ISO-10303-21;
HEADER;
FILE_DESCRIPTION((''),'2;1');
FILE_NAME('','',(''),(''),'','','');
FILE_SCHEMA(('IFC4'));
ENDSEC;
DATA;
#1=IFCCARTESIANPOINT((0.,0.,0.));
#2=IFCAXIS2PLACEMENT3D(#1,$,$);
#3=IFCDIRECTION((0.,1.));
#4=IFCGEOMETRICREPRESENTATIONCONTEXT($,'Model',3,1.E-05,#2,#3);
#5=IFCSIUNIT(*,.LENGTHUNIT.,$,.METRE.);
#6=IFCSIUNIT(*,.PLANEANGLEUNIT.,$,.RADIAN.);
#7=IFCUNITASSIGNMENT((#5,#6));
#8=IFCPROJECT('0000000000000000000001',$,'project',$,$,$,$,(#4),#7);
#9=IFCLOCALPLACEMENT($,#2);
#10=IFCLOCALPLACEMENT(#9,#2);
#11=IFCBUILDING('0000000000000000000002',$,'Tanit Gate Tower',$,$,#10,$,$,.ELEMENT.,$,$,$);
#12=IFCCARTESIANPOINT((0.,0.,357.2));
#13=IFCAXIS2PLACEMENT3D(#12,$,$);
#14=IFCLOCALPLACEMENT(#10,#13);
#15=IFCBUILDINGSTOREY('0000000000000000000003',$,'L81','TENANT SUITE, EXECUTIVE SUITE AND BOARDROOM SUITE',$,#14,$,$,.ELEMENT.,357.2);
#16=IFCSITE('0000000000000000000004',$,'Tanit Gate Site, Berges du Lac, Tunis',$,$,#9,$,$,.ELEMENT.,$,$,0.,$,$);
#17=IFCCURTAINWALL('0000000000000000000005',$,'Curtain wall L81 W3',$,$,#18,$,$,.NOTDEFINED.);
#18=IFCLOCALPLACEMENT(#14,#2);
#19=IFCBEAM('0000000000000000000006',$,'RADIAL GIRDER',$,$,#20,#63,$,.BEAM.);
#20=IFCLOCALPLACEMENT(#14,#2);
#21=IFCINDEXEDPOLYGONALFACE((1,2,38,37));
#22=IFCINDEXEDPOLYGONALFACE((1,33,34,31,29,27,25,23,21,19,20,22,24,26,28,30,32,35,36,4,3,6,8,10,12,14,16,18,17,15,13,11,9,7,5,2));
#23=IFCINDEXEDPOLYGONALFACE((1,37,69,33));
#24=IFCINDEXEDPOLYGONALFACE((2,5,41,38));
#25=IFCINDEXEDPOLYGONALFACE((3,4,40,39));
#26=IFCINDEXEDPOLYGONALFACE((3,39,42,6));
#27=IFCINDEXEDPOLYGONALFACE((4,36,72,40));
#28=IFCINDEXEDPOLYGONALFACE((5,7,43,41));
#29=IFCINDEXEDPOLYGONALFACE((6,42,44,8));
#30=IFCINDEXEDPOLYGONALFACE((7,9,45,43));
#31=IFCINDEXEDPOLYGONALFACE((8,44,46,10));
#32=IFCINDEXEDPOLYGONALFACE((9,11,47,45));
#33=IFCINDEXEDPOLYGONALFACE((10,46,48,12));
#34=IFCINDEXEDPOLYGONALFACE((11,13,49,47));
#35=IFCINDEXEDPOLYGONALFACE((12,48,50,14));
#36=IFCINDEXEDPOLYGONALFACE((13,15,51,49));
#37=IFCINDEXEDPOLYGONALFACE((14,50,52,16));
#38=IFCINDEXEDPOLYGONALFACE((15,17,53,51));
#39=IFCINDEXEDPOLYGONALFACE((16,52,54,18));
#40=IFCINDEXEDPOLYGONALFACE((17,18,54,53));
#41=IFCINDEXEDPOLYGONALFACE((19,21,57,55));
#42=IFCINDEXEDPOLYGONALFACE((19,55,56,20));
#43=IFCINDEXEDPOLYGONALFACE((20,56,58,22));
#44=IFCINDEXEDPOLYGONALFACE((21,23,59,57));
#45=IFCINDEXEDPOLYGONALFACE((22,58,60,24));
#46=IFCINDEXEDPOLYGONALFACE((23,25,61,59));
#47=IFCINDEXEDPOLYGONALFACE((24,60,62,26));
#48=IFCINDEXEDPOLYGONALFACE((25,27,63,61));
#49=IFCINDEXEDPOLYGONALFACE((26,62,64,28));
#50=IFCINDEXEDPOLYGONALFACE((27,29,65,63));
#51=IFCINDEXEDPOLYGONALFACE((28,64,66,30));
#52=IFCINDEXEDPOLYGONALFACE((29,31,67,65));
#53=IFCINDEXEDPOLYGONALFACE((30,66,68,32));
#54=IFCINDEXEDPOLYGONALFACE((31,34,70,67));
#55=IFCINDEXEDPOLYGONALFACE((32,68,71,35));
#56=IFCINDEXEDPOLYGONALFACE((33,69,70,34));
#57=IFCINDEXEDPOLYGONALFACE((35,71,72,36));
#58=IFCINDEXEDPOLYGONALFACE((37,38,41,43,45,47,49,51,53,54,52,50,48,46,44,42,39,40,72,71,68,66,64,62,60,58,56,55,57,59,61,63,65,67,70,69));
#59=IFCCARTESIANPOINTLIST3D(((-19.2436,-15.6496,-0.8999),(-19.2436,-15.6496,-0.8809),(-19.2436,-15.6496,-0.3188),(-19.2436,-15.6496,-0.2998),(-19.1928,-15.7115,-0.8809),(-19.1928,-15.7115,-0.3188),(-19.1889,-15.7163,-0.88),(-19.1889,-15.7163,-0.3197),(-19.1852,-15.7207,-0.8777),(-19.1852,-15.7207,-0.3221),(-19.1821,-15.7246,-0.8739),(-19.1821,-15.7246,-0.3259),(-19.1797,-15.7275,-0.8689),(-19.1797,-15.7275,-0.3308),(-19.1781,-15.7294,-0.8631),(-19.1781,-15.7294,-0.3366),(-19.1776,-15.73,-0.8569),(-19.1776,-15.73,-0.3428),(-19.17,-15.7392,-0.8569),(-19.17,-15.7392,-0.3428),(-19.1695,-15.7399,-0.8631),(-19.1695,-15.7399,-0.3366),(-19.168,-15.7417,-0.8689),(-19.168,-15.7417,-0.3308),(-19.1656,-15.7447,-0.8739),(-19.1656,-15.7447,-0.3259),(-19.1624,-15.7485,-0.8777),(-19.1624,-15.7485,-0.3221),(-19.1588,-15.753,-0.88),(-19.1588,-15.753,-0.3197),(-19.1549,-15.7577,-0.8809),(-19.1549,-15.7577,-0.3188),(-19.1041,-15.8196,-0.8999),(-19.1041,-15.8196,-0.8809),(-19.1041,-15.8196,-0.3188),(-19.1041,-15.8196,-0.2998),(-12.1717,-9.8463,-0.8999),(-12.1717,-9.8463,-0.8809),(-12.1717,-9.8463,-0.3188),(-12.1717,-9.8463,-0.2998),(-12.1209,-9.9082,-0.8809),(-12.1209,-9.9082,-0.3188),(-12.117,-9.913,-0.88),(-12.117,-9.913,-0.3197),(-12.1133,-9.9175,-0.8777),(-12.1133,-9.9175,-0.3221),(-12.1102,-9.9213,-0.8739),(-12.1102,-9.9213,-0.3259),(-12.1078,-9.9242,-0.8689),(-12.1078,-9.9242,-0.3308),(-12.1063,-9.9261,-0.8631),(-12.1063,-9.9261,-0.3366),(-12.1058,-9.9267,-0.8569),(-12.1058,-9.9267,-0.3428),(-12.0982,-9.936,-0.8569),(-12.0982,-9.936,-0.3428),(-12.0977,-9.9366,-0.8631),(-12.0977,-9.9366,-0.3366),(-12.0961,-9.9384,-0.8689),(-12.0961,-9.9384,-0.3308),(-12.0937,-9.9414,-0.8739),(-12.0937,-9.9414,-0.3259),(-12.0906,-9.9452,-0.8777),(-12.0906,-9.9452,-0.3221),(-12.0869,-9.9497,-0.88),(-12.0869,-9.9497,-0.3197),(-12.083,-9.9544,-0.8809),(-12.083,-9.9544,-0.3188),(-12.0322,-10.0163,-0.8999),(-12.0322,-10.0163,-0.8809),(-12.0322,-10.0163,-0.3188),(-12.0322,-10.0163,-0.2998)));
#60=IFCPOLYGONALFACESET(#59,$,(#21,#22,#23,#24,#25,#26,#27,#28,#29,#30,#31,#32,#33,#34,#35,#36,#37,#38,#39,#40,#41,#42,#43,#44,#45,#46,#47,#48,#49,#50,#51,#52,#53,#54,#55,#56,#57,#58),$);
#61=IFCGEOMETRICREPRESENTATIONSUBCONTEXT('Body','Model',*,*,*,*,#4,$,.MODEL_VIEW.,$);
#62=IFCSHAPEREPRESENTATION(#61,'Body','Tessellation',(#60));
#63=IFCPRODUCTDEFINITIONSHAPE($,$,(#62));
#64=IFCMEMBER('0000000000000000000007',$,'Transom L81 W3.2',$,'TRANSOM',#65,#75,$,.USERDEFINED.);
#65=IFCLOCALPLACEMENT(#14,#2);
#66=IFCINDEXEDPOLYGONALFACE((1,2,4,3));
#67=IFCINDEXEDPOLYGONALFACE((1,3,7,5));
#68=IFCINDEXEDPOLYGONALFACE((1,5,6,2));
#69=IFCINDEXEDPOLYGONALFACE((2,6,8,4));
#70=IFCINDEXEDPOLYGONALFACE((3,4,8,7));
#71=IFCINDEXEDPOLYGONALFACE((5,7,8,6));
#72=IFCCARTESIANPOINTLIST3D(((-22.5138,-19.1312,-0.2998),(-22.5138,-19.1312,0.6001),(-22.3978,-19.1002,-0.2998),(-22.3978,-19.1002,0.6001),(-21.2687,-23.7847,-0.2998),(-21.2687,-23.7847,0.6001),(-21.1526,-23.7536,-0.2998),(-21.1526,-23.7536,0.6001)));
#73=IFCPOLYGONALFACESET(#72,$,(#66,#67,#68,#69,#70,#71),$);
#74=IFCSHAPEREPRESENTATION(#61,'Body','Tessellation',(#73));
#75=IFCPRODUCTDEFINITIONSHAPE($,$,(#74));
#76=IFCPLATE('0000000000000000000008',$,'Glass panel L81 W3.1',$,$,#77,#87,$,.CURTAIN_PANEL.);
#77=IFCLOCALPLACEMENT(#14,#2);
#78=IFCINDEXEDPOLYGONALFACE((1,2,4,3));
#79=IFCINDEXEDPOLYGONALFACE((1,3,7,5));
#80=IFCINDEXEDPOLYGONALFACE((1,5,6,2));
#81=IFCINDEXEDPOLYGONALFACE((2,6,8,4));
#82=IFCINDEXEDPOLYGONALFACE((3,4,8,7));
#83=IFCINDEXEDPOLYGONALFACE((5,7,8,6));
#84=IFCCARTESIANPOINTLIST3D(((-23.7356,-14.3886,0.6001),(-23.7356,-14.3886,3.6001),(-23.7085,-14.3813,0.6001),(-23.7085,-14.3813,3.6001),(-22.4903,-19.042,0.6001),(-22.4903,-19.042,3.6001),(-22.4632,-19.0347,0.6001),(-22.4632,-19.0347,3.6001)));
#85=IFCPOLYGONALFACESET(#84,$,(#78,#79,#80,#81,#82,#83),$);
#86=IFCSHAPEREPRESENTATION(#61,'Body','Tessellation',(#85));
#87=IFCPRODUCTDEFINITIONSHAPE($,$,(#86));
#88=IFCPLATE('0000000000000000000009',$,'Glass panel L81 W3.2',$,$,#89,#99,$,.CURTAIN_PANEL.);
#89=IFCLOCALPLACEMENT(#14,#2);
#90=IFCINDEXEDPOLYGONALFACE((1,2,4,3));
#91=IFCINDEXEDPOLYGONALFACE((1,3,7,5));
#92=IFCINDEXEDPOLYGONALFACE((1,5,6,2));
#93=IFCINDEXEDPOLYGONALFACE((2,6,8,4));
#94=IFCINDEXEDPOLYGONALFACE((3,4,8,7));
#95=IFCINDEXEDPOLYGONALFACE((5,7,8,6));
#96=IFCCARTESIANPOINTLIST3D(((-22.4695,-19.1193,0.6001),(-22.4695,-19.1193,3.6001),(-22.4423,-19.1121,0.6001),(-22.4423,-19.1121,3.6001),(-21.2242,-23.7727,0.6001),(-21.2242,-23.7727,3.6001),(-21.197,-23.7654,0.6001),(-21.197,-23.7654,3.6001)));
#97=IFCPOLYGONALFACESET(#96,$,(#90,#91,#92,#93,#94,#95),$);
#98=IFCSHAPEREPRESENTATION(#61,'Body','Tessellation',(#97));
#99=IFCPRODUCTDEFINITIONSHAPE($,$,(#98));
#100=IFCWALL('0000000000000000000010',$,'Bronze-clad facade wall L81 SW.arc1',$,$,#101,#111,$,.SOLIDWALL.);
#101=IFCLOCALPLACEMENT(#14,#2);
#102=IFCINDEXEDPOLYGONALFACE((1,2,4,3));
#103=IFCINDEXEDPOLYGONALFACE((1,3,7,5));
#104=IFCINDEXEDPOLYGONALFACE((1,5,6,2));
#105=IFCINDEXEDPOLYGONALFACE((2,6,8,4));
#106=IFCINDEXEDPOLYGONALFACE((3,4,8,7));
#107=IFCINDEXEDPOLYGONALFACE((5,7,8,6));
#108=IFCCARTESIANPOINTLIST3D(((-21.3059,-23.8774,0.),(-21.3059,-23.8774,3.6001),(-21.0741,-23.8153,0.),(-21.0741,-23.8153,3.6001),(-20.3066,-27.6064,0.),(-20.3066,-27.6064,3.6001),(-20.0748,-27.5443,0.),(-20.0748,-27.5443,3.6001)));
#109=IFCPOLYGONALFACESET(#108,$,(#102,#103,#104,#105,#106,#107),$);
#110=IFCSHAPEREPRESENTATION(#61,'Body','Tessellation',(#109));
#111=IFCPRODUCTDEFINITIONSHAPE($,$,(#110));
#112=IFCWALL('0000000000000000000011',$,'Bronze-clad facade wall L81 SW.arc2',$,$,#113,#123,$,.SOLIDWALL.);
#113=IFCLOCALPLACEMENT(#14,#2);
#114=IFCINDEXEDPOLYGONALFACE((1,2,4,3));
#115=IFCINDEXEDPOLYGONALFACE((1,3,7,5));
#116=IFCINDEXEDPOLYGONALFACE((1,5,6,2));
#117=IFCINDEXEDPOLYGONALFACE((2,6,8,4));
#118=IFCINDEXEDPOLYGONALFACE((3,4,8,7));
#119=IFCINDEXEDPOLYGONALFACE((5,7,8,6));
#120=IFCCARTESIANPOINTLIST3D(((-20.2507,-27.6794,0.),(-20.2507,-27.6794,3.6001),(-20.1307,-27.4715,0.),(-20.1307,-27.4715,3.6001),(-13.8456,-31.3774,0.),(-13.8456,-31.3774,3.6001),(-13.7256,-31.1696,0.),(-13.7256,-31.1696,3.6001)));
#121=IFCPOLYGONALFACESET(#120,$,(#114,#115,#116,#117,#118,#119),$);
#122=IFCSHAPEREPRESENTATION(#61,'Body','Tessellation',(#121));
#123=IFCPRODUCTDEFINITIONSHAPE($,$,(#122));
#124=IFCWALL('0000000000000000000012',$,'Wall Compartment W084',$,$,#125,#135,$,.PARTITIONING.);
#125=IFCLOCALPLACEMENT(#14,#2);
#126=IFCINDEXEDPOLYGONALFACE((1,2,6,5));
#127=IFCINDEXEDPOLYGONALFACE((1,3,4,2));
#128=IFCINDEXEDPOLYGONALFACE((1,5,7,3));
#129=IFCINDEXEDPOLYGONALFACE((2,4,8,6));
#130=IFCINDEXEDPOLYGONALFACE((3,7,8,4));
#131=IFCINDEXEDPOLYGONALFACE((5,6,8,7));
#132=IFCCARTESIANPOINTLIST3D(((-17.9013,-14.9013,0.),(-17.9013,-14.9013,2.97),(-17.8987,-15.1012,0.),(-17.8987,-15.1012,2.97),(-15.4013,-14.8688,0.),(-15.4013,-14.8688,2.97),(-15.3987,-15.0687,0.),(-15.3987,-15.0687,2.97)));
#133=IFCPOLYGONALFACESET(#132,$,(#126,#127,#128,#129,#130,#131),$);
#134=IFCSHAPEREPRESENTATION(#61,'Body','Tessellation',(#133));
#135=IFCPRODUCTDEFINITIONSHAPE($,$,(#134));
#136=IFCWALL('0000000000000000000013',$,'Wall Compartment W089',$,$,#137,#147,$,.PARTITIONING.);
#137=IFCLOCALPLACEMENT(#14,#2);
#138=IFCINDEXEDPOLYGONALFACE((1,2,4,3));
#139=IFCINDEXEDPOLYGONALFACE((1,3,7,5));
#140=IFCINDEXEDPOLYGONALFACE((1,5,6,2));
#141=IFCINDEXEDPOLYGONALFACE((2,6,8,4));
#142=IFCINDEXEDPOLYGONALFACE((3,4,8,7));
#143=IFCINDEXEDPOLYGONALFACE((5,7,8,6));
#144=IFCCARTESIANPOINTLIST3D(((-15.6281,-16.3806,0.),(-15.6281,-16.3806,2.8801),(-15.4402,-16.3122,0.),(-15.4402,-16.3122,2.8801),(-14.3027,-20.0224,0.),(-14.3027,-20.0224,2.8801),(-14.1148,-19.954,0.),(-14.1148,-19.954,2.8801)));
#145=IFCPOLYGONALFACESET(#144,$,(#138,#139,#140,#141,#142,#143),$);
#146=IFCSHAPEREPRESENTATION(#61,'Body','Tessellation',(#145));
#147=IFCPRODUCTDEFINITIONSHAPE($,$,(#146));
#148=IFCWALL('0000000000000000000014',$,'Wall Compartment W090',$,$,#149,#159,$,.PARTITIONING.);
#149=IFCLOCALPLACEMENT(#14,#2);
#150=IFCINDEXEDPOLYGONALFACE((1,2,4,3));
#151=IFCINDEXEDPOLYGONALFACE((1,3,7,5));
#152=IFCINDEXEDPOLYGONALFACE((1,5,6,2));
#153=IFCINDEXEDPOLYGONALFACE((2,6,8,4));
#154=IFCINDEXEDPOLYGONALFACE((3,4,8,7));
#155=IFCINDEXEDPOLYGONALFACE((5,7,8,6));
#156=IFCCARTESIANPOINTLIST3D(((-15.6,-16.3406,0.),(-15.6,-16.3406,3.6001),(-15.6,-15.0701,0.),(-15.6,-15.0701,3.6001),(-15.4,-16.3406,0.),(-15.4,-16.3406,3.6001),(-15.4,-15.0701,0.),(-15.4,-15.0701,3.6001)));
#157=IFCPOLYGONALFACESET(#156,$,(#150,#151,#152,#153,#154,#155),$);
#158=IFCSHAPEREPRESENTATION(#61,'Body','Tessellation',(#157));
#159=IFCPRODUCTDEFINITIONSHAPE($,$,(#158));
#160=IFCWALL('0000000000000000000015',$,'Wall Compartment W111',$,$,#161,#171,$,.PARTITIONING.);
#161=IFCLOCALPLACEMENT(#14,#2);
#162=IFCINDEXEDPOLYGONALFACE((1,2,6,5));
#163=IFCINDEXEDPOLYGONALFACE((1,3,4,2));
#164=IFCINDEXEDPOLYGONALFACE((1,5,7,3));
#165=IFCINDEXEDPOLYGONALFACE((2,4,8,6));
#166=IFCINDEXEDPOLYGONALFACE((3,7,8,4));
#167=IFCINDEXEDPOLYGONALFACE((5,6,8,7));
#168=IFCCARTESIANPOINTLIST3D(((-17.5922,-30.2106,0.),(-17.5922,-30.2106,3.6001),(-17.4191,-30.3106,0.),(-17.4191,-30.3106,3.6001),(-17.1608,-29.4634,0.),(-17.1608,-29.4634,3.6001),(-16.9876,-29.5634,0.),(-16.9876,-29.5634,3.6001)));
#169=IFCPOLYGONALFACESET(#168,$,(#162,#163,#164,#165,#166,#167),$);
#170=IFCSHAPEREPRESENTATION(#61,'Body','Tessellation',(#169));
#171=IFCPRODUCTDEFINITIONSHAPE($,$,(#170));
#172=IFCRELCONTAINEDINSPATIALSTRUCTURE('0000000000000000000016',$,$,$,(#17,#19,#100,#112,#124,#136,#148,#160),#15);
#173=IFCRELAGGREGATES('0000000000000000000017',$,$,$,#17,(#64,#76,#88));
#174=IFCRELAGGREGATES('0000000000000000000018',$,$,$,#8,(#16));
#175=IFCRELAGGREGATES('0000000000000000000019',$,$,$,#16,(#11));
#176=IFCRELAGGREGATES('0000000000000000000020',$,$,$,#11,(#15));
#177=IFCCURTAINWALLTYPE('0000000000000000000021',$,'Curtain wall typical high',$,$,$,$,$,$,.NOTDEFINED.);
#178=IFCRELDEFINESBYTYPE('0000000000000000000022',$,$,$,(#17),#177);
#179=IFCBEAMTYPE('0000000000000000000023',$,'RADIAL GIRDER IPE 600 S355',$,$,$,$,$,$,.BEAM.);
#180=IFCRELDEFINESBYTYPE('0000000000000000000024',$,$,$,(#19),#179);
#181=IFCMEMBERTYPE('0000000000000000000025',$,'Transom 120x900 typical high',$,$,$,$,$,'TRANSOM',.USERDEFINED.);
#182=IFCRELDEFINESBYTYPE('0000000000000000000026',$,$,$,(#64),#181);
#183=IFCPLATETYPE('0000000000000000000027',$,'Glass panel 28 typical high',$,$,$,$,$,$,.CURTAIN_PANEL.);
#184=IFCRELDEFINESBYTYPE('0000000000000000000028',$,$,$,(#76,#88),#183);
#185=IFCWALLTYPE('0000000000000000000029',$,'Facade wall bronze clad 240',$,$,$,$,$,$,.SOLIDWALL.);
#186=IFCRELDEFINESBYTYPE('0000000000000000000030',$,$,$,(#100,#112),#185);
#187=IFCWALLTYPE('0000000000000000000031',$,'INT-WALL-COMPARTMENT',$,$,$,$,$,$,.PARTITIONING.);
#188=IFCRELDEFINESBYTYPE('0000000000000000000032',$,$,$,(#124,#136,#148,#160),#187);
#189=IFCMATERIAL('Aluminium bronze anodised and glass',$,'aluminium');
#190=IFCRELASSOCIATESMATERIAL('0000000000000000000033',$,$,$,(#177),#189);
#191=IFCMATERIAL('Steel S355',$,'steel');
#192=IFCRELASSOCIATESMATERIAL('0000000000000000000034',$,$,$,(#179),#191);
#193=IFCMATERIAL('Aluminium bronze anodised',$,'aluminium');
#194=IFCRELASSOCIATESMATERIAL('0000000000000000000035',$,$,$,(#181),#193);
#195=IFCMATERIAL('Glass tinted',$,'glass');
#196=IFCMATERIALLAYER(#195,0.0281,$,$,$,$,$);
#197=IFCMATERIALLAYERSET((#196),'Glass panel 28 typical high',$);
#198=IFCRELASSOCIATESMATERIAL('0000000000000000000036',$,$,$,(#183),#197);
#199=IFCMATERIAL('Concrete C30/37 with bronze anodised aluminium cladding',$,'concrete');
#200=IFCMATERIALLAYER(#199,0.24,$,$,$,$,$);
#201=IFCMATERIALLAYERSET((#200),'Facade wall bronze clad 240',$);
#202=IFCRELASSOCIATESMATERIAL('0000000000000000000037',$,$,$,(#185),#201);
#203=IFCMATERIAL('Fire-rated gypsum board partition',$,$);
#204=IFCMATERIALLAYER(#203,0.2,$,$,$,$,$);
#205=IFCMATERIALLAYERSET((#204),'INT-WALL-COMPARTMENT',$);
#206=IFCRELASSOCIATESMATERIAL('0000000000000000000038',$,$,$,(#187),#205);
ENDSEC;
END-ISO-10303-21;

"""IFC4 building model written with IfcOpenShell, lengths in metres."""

from ifc_helpers import new_model, si_unit, direction, frame, frame_2d, origin, origin_2d, place, context, subcontext, project, spatial, rectangle, i_section, extrude, material, layer, layer_set, material_profile, profile_set, type_object, element, aggregate, save


model = new_model("IFC4")

# Units and contexts
model_context = context("Model", 3, precision=1e-05, world=origin(), true_north=direction((0.0, 1.0)))
body_context = subcontext(model_context, "Body", "Model", "MODEL_VIEW")
ifc_project = project(units=[si_unit("LENGTHUNIT", "METRE"), si_unit("PLANEANGLEUNIT", "RADIAN")], contexts=[model_context])

# Site, building, storey
site_placement = place(None, origin())
site = spatial("IfcSite", under=ifc_project, at=site_placement, Name="Tanit Gate Site, Berges du Lac, Tunis", CompositionType="ELEMENT", RefElevation=0.0)
building_placement = place(site_placement, origin())
building = spatial("IfcBuilding", under=site, at=building_placement, Name="Tanit Gate Tower", CompositionType="ELEMENT")
storey_placement = place(building_placement, frame((0.0, 0.0, 357.2)))
storey = spatial("IfcBuildingStorey", under=building, at=storey_placement, Name="L81", Description="TENANT SUITE, EXECUTIVE SUITE AND BOARDROOM SUITE", CompositionType="ELEMENT", Elevation=357.2)

# Curtain wall
ifc_material_1 = material(Name="Aluminium bronze anodised and glass", Category="aluminium")
curtain_wall_type = type_object("IfcCurtainWallType", Name="Curtain wall typical high", PredefinedType="NOTDEFINED", material=ifc_material_1)
curtain_wall_placement = place(storey_placement, origin())
curtain_wall = element("IfcCurtainWall", 1, at=curtain_wall_placement, inside=storey, type_object=curtain_wall_type, Name="Curtain wall L81 W3", PredefinedType="NOTDEFINED")

# Beam
ifc_material_2 = material(Name="Steel S355", Category="steel")
ifc_material_profile_1 = material_profile(ifc_material_2, i_section(OverallWidth=0.22, OverallDepth=0.6001, WebThickness=0.012, FlangeThickness=0.019, FilletRadius=0.0239, at=origin_2d()), Name="IPE 600")
ifc_profile_set_1 = profile_set([ifc_material_profile_1], Name="Steel S355")
beam_type_1 = type_object("IfcBeamType", Name="RADIAL GIRDER IPE 600 S355", PredefinedType="BEAM", material=ifc_profile_set_1)
beam_1_placement = place(storey_placement, frame((-19.1738, -15.7346, -0.5999), z_axis=(0.773034, 0.634365, 0.0), x_axis=(-0.634365, 0.773034, 0.0)))
element("IfcBeam", 2, at=beam_1_placement, inside=storey, type_object=beam_type_1, Name="RADIAL GIRDER", PredefinedType="BEAM", context=body_context, shape_type="SweptSolid", body=[
    extrude(i_section(OverallWidth=0.22, OverallDepth=0.6001, WebThickness=0.012, FlangeThickness=0.019, FilletRadius=0.0239, at=origin_2d()), origin(), (0.0, 0.0, 1.0), 9.1482),
])

# Member
ifc_material_3 = material(Name="Aluminium bronze anodised", Category="aluminium")
ifc_material_profile_2 = material_profile(ifc_material_3, rectangle(XDim=0.1201, YDim=0.8999, at=origin_2d()), Name="120x900 bronze transom")
ifc_profile_set_2 = profile_set([ifc_material_profile_2], Name="Aluminium bronze anodised")
member_type_1 = type_object("IfcMemberType", Name="Transom 120x900 typical high", ElementType="TRANSOM", PredefinedType="USERDEFINED", material=ifc_profile_set_2)
member_1_placement = place(storey_placement, frame((-22.4558, -19.1157, 0.1501), z_axis=(0.258483, -0.966016, 0.0), x_axis=(0.966016, 0.258483, 0.0)))
member_1 = element("IfcMember", 3, at=member_1_placement, type_object=member_type_1, Name="Transom L81 W3.2", ObjectType="TRANSOM", PredefinedType="USERDEFINED", context=body_context, shape_type="SweptSolid", body=[
    extrude(rectangle(XDim=0.1201, YDim=0.8999, at=origin_2d()), origin(), (0.0, 0.0, 1.0), 4.8171),
])

# Plates
ifc_material_4 = material(Name="Glass tinted", Category="glass")
ifc_layer_1 = layer(ifc_material_4, 0.0281)
ifc_layer_set_1 = layer_set([ifc_layer_1], Name="Glass panel 28 typical high")
plate_type = type_object("IfcPlateType", Name="Glass panel 28 typical high", PredefinedType="CURTAIN_PANEL", material=ifc_layer_set_1)
plate_1_placement = place(storey_placement, frame((-23.0994, -16.7117, 0.6001), z_axis=(0.0, 0.0, 1.0), x_axis=(0.258516, -0.966007, 0.0)))
plate_1 = element("IfcPlate", 4, at=plate_1_placement, type_object=plate_type, Name="Glass panel L81 W3.1", PredefinedType="CURTAIN_PANEL", context=body_context, shape_type="SweptSolid", body=[
    extrude(rectangle(XDim=4.8171, YDim=0.0281, at=origin_2d()), origin(), (0.0, 0.0, 1.0), 3.0),
])
plate_2_placement = place(storey_placement, frame((-21.8333, -21.4424, 0.6001), z_axis=(0.0, 0.0, 1.0), x_axis=(0.258516, -0.966007, 0.0)))
plate_2 = element("IfcPlate", 5, at=plate_2_placement, type_object=plate_type, Name="Glass panel L81 W3.2", PredefinedType="CURTAIN_PANEL", context=body_context, shape_type="SweptSolid", body=[
    extrude(rectangle(XDim=4.8171, YDim=0.0281, at=origin_2d()), origin(), (0.0, 0.0, 1.0), 3.0),
])
aggregate(curtain_wall, [member_1, plate_1, plate_2])

# Walls
ifc_material_5 = material(Name="Concrete C30/37 with bronze anodised aluminium cladding", Category="concrete")
ifc_layer_2 = layer(ifc_material_5, 0.24)
ifc_layer_set_2 = layer_set([ifc_layer_2], Name="Facade wall bronze clad 240")
wall_type_1 = type_object("IfcWallType", Name="Facade wall bronze clad 240", PredefinedType="SOLIDWALL", material=ifc_layer_set_2)
wall_1_placement = place(storey_placement, frame((-21.1899, -23.8464, 0.0), z_axis=(0.0, 0.0, 1.0), x_axis=(0.258839, -0.96592, 0.0)))
element("IfcWall", 6, at=wall_1_placement, inside=storey, type_object=wall_type_1, Name="Bronze-clad facade wall L81 SW.arc1", PredefinedType="SOLIDWALL", context=body_context, shape_type="SweptSolid", body=[
    extrude(rectangle(XDim=3.8606, YDim=0.24, at=frame_2d((1.9302, 0.0))), origin(), (0.0, 0.0, 1.0), 3.6001),
])
wall_2_placement = place(storey_placement, frame((-20.1907, -27.5754, 0.0), z_axis=(0.0, 0.0, 1.0), x_axis=(0.866022, -0.500005, 0.0)))
element("IfcWall", 7, at=wall_2_placement, inside=storey, type_object=wall_type_1, Name="Bronze-clad facade wall L81 SW.arc2", PredefinedType="SOLIDWALL", context=body_context, shape_type="SweptSolid", body=[
    extrude(rectangle(XDim=7.396, YDim=0.24, at=frame_2d((3.698, 0.0))), origin(), (0.0, 0.0, 1.0), 3.6001),
])
ifc_material_6 = material(Name="Fire-rated gypsum board partition")
ifc_layer_3 = layer(ifc_material_6, 0.2)
ifc_layer_set_3 = layer_set([ifc_layer_3], Name="INT-WALL-COMPARTMENT")
wall_type_2 = type_object("IfcWallType", Name="INT-WALL-COMPARTMENT", PredefinedType="PARTITIONING", material=ifc_layer_set_3)
wall_3_placement = place(storey_placement, frame((-17.8999, -15.0012, 0.0), z_axis=(0.0, 0.0, 1.0), x_axis=(0.999916, 0.012987, 0.0)))
element("IfcWall", 8, at=wall_3_placement, inside=storey, type_object=wall_type_2, Name="Wall Compartment W084", PredefinedType="PARTITIONING", context=body_context, shape_type="SweptSolid", body=[
    extrude(rectangle(XDim=2.5002, YDim=0.2, at=frame_2d((1.25, 0.0))), origin(), (0.0, 0.0, 1.0), 2.97),
])
wall_4_placement = place(storey_placement, frame((-15.5342, -16.3464, 0.0), z_axis=(0.0, 0.0, 1.0), x_axis=(0.342001, -0.9397, 0.0)))
element("IfcWall", 9, at=wall_4_placement, inside=storey, type_object=wall_type_2, Name="Wall Compartment W089", PredefinedType="PARTITIONING", context=body_context, shape_type="SweptSolid", body=[
    extrude(rectangle(XDim=3.8755, YDim=0.2, at=frame_2d((1.9377, 0.0))), origin(), (0.0, 0.0, 1.0), 2.8801),
])
wall_5_placement = place(storey_placement, frame((-15.5, -15.0701, 0.0), z_axis=(0.0, 0.0, 1.0), x_axis=(0.0, -1.0, 0.0)))
element("IfcWall", 10, at=wall_5_placement, inside=storey, type_object=wall_type_2, Name="Wall Compartment W090", PredefinedType="PARTITIONING", context=body_context, shape_type="SweptSolid", body=[
    extrude(rectangle(XDim=1.2705, YDim=0.2, at=frame_2d((0.6353, 0.0))), origin(), (0.0, 0.0, 1.0), 3.6001),
])
wall_6_placement = place(storey_placement, frame((-17.0742, -29.5134, 0.0), z_axis=(0.0, 0.0, 1.0), x_axis=(-0.500065, -0.865988, 0.0)))
element("IfcWall", 11, at=wall_6_placement, inside=storey, type_object=wall_type_2, Name="Wall Compartment W111", PredefinedType="PARTITIONING", context=body_context, shape_type="SweptSolid", body=[
    extrude(rectangle(XDim=0.8628, YDim=0.2, at=frame_2d((0.4314, 0.0))), origin(), (0.0, 0.0, 1.0), 3.6001),
])

save(model, "model.ifc")
